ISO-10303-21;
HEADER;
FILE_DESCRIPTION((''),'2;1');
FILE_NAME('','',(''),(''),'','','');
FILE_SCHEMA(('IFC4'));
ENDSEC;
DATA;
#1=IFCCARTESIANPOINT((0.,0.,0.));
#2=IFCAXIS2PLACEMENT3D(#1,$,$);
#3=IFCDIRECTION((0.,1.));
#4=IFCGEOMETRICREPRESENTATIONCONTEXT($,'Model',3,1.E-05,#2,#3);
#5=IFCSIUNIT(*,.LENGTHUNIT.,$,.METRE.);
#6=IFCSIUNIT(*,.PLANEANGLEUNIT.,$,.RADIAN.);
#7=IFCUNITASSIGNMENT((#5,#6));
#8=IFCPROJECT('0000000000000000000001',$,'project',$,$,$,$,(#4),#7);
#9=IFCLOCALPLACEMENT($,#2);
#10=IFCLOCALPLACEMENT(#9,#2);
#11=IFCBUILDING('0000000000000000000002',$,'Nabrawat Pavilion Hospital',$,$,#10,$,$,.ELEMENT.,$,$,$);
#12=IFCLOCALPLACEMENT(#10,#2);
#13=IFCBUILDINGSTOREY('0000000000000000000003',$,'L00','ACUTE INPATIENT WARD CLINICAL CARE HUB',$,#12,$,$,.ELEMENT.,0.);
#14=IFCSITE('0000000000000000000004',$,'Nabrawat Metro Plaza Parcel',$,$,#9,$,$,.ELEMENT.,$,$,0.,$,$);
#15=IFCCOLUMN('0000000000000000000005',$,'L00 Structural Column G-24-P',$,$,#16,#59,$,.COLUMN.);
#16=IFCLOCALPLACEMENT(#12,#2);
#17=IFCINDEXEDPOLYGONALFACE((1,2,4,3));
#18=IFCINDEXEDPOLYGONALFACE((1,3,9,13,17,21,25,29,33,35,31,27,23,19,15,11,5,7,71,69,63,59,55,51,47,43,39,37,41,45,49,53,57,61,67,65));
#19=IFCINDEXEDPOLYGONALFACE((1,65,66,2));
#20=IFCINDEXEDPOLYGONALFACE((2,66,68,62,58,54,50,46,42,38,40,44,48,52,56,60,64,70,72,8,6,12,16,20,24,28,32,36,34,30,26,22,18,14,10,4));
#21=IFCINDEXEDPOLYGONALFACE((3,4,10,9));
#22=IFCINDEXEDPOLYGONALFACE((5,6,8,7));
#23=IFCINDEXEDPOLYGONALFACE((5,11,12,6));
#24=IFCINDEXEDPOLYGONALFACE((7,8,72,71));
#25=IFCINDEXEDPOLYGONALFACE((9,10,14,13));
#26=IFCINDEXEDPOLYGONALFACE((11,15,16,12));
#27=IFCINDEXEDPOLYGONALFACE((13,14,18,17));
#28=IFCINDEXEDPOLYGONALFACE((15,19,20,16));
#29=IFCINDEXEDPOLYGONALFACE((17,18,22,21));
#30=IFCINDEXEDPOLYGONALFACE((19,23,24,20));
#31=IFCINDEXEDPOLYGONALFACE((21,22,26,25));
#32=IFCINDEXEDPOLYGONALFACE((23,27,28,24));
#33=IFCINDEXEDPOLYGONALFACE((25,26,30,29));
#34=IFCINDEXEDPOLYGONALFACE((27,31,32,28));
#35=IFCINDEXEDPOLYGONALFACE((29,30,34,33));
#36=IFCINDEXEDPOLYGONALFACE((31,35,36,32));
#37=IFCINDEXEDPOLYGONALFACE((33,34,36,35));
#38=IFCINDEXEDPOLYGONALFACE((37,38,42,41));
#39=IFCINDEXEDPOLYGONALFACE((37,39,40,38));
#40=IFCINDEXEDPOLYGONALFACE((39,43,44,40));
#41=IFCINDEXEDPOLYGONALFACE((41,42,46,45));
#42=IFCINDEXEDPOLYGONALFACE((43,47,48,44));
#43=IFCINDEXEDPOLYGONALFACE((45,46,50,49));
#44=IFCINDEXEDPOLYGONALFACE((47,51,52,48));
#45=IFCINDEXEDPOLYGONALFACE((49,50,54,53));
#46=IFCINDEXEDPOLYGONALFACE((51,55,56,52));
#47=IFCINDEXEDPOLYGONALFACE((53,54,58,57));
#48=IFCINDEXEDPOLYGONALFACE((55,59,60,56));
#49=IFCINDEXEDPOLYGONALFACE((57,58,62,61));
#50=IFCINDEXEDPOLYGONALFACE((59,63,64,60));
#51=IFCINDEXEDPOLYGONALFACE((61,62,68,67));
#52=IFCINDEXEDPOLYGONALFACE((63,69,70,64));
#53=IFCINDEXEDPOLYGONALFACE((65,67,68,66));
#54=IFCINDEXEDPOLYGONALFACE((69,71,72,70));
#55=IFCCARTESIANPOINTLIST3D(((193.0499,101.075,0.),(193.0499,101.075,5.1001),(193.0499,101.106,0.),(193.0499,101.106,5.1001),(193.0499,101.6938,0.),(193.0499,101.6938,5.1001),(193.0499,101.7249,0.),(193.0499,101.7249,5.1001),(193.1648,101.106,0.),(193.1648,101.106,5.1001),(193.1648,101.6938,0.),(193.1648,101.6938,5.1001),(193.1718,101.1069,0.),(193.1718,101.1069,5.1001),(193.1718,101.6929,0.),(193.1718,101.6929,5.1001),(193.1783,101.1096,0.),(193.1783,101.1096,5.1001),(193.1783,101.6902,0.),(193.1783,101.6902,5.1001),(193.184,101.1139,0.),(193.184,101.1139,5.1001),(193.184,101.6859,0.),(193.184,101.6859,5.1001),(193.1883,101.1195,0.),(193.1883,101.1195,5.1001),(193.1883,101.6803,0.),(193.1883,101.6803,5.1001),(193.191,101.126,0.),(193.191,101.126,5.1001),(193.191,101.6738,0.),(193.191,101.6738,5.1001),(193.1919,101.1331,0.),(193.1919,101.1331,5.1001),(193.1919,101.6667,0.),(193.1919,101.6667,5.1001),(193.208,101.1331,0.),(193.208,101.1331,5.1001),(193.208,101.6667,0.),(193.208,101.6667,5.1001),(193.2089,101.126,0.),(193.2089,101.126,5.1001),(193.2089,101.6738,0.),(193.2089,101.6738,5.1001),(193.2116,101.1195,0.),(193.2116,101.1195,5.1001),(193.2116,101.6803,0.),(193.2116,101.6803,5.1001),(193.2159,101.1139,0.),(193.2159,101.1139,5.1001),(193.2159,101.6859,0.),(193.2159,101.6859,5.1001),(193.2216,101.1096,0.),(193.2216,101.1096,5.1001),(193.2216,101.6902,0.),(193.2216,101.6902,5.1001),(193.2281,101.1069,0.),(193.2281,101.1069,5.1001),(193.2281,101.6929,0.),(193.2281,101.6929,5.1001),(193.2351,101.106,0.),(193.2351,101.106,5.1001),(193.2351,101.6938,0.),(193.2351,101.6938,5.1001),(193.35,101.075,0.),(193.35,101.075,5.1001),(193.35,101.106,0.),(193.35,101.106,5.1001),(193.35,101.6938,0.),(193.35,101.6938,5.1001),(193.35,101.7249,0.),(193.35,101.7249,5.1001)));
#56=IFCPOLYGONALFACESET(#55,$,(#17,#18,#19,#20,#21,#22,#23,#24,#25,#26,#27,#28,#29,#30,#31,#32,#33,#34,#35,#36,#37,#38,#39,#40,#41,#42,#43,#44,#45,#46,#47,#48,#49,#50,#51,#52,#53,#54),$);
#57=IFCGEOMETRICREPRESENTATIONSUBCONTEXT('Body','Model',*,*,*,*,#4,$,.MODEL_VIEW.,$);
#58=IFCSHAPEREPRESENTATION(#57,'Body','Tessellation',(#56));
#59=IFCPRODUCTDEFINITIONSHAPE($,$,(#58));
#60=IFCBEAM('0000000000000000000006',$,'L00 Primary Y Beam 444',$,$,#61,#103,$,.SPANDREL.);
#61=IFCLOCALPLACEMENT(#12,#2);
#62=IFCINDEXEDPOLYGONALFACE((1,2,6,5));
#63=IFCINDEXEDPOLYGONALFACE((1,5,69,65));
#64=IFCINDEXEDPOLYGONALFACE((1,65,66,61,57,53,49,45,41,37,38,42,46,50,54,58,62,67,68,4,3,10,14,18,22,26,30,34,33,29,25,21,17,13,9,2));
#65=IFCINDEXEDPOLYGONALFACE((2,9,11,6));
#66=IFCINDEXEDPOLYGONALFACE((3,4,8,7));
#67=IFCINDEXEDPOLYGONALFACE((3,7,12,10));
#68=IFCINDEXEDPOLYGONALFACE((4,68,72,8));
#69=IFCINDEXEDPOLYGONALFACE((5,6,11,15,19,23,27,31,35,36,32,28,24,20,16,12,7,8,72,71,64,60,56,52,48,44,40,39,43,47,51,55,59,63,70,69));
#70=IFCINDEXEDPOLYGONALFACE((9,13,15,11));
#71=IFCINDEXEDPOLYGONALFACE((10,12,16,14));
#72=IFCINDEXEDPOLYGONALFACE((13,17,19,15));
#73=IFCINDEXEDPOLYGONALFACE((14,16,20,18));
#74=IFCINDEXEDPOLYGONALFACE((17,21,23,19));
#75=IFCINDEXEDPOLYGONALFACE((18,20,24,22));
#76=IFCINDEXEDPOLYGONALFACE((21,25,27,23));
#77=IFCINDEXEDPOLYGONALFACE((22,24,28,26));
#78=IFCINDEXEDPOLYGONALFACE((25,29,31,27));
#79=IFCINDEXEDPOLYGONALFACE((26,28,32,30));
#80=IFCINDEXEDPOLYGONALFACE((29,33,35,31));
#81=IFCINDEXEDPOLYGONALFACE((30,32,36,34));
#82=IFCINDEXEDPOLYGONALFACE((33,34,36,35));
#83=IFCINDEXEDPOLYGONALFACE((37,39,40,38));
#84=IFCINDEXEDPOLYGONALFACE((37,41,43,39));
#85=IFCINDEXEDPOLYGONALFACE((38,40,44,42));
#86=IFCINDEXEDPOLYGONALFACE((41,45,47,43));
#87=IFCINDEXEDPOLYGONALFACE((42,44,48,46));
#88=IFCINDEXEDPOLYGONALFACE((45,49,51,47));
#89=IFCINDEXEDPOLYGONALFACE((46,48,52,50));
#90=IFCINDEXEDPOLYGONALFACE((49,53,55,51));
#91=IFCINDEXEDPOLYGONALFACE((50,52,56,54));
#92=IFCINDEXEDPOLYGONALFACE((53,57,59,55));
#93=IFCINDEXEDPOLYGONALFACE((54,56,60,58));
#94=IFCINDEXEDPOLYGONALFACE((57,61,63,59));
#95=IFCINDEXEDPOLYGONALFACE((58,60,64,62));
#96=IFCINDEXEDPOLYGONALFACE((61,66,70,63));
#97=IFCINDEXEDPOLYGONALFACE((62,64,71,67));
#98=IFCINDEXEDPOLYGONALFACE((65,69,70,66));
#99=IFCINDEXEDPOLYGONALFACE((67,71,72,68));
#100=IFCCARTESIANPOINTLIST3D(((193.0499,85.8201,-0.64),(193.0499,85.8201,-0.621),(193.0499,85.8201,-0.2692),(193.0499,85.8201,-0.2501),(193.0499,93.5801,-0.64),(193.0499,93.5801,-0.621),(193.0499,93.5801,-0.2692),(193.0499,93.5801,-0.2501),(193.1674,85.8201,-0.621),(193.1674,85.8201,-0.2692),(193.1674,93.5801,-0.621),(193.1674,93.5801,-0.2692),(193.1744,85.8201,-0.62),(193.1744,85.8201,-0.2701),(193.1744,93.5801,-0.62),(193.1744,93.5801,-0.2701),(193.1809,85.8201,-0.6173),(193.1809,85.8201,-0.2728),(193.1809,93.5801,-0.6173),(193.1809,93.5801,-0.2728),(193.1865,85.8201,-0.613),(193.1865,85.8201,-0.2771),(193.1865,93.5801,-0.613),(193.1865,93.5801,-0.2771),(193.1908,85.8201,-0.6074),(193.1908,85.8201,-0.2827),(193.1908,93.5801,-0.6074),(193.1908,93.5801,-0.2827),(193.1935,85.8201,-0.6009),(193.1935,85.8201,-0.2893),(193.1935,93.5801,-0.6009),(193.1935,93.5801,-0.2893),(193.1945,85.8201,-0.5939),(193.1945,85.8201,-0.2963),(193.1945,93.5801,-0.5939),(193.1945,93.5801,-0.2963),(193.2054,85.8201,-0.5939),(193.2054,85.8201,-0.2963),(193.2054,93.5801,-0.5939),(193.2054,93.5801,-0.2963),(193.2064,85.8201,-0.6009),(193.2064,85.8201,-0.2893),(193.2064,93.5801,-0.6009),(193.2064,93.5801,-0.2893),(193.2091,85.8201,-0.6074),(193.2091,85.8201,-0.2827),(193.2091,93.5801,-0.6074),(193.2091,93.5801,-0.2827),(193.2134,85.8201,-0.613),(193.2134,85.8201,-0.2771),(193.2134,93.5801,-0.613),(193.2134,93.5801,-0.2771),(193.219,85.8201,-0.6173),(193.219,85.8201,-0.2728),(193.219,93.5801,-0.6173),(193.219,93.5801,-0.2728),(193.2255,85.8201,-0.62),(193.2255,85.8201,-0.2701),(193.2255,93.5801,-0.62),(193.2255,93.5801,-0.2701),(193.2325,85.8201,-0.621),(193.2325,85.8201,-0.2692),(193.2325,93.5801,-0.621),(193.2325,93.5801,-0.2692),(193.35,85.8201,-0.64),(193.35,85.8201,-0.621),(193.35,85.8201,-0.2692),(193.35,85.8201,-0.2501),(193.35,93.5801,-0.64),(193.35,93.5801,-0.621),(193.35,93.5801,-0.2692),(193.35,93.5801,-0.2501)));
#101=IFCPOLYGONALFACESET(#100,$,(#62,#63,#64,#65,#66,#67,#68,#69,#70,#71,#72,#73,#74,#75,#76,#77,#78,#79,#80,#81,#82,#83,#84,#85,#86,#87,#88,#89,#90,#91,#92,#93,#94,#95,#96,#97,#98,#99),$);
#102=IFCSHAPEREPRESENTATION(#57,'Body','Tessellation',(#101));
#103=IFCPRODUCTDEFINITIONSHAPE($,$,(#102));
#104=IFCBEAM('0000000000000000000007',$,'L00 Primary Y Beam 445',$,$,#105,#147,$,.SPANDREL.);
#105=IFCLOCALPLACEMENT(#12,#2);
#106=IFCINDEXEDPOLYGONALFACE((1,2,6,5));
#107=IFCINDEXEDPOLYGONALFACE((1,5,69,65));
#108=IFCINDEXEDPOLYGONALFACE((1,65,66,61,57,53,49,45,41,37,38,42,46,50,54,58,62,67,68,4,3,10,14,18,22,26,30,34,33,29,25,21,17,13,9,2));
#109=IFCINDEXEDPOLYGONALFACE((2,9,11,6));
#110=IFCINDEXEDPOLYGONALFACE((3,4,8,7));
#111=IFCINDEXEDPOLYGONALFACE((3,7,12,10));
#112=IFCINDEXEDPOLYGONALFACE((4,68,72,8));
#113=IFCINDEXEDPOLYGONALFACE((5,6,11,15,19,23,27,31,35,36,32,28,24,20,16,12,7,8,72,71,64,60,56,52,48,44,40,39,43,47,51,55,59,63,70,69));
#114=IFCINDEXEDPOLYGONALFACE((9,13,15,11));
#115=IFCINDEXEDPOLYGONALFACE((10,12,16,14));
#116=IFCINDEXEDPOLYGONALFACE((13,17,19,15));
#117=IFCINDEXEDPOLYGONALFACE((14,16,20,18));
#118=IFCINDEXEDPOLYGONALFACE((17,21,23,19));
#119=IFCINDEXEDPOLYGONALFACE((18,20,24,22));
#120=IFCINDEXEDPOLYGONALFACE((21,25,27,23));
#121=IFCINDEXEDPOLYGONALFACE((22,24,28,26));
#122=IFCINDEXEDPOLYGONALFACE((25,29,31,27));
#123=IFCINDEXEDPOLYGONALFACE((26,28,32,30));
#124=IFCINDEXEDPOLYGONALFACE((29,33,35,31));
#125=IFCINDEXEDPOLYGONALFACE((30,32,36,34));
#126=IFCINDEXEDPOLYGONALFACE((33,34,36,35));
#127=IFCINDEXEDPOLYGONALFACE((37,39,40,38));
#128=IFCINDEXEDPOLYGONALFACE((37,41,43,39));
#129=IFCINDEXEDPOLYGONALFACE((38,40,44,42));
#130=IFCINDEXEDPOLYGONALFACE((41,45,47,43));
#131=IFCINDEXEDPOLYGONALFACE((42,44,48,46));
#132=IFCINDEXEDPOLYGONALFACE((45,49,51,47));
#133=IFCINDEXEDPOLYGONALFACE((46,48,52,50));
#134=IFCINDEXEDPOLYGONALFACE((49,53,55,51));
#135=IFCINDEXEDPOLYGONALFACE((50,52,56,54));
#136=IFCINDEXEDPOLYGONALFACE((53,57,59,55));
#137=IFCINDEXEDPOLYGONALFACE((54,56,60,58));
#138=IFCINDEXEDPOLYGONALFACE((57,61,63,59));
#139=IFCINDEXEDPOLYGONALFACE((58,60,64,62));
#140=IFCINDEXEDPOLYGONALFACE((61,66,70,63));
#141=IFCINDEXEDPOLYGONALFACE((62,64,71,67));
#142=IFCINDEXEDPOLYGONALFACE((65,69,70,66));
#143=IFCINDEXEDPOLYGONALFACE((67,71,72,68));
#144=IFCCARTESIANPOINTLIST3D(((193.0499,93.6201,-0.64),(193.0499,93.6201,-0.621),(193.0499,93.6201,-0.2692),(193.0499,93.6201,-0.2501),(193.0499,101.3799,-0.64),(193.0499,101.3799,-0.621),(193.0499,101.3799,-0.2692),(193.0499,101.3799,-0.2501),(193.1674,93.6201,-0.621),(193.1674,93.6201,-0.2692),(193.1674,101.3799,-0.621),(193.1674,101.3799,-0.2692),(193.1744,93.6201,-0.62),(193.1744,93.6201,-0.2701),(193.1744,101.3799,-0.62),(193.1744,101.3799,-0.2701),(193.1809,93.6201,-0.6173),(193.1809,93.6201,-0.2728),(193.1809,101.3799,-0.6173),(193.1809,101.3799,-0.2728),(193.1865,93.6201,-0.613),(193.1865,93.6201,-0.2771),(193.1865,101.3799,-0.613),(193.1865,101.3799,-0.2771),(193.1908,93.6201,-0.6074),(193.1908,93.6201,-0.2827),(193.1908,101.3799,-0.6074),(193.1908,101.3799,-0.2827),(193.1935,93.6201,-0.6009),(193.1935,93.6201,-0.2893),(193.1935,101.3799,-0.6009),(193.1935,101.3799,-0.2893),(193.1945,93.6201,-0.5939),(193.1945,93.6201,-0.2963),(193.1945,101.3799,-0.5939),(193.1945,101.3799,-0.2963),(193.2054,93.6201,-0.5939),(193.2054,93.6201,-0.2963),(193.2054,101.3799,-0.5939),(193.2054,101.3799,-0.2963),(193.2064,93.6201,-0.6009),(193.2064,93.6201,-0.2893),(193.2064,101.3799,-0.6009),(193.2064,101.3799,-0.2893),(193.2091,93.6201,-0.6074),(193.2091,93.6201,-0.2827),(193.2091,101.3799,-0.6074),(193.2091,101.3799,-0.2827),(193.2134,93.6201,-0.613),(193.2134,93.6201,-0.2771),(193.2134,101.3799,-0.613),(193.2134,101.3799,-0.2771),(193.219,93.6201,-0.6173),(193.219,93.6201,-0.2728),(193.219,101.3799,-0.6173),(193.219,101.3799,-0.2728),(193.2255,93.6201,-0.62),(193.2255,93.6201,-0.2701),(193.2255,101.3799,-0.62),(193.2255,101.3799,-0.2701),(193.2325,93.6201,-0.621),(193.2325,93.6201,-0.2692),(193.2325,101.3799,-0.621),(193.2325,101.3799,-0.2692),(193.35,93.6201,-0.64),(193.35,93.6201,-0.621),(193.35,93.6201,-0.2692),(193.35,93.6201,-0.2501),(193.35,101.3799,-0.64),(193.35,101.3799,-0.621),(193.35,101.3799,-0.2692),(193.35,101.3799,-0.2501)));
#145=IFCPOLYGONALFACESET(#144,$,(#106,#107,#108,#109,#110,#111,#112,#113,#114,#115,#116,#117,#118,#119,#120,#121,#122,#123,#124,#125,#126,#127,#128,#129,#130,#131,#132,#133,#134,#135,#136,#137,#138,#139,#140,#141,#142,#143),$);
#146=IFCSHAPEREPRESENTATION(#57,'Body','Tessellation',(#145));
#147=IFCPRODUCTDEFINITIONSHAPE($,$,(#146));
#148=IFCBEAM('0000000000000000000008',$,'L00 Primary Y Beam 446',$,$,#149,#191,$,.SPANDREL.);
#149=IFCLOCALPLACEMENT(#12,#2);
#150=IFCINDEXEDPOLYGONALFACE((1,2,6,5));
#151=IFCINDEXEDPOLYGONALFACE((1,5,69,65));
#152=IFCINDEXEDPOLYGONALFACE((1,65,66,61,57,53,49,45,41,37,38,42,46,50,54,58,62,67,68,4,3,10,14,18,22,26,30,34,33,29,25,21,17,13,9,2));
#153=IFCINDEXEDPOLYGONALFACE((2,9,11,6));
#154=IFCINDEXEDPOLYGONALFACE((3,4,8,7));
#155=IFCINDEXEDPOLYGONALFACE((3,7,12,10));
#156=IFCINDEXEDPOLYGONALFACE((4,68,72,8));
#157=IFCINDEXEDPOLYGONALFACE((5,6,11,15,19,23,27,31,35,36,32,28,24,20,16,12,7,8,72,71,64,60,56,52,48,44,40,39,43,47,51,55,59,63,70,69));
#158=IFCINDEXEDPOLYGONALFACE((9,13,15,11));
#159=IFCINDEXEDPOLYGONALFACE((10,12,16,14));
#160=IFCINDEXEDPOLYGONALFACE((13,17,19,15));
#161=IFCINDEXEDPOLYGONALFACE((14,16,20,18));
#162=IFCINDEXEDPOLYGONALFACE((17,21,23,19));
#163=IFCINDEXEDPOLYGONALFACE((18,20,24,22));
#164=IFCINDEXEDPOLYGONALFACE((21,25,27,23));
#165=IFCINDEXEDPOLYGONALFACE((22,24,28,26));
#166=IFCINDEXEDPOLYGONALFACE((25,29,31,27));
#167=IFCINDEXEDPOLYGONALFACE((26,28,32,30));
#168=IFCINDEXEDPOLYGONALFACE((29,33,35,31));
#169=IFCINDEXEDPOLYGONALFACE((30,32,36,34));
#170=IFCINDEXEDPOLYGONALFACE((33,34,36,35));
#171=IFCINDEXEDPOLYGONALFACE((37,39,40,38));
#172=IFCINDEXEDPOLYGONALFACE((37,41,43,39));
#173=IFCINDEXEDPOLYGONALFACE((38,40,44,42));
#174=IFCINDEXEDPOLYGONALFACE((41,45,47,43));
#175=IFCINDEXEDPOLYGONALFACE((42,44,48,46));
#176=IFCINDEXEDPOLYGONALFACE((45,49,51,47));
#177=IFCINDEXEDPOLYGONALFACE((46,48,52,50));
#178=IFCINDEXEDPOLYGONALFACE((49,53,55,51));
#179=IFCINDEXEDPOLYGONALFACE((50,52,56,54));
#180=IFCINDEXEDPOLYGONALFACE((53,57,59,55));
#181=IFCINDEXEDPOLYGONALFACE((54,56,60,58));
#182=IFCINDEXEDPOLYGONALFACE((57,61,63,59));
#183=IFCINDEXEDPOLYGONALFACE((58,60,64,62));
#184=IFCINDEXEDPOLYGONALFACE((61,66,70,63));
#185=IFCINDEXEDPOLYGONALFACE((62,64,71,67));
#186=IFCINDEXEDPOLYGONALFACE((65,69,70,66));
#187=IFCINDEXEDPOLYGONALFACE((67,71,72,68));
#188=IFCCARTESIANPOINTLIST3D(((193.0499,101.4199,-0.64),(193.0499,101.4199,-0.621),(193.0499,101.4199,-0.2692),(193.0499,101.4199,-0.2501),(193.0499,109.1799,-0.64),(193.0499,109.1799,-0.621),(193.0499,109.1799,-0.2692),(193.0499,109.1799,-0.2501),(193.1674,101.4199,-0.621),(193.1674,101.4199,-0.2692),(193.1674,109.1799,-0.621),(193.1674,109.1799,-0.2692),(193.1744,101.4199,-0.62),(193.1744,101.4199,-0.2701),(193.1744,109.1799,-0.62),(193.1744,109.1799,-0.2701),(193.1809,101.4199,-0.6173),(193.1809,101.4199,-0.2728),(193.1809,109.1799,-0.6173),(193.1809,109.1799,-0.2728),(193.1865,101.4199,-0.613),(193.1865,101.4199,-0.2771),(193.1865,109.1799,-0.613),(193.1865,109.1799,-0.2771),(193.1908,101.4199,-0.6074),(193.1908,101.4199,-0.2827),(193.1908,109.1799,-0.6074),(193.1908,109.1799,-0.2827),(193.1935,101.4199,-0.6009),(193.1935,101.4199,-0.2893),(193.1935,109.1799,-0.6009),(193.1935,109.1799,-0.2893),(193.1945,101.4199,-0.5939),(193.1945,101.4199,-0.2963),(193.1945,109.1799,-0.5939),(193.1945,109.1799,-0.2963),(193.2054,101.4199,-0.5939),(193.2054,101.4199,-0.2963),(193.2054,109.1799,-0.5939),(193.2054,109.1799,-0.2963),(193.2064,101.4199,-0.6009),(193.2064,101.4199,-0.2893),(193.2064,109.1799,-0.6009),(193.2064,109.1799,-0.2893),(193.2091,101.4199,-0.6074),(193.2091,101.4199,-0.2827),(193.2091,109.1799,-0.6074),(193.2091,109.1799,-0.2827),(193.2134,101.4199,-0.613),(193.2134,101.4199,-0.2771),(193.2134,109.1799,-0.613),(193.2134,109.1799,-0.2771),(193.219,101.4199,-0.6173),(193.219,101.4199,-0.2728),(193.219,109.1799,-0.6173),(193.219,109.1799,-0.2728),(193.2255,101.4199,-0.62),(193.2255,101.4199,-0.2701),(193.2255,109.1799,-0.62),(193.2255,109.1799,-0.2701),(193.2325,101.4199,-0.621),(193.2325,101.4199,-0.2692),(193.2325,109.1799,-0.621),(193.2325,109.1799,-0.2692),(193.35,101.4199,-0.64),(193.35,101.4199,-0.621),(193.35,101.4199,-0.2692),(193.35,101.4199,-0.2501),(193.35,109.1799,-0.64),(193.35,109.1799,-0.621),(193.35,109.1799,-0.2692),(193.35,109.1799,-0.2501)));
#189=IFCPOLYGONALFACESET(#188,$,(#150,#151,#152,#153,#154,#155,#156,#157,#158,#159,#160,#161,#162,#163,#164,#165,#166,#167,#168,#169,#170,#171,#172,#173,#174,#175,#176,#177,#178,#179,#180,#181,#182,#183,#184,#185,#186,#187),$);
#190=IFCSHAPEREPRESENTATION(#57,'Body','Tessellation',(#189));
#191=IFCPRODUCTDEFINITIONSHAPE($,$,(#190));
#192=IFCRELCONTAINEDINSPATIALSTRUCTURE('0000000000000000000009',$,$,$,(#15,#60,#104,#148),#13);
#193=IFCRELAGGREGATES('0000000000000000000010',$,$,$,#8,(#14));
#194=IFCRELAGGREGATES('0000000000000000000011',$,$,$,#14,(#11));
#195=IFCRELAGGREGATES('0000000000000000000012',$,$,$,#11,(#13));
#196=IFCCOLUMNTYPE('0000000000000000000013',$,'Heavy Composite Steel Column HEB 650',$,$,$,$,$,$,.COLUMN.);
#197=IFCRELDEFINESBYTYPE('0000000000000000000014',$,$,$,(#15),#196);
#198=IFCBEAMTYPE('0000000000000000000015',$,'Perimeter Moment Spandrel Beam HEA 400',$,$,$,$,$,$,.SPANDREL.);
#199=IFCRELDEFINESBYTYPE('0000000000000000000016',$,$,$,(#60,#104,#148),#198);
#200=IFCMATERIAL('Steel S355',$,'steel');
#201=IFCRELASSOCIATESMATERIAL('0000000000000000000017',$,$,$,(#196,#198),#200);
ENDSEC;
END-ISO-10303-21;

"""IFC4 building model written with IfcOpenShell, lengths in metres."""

from ifc_helpers import new_model, si_unit, direction, frame, origin, origin_2d, place, context, subcontext, project, spatial, i_section, extrude, material, material_profile, profile_set, type_object, element, save


model = new_model("IFC4")

# Units and contexts
model_context = context("Model", 3, precision=1e-05, world=origin(), true_north=direction((0.0, 1.0)))
body_context = subcontext(model_context, "Body", "Model", "MODEL_VIEW")
ifc_project = project(units=[si_unit("LENGTHUNIT", "METRE"), si_unit("PLANEANGLEUNIT", "RADIAN")], contexts=[model_context])

# Site, building, storey
site_placement = place(None, origin())
site = spatial("IfcSite", under=ifc_project, at=site_placement, Name="Nabrawat Metro Plaza Parcel", CompositionType="ELEMENT", RefElevation=0.0)
building_placement = place(site_placement, origin())
building = spatial("IfcBuilding", under=site, at=building_placement, Name="Nabrawat Pavilion Hospital", CompositionType="ELEMENT")
storey_placement = place(building_placement, origin())
storey = spatial("IfcBuildingStorey", under=building, at=storey_placement, Name="L00", Description="ACUTE INPATIENT WARD CLINICAL CARE HUB", CompositionType="ELEMENT", Elevation=0.0)

# Column
ifc_material_1 = material(Name="Steel S355", Category="steel")
ifc_material_profile_1 = material_profile(ifc_material_1, i_section(OverallWidth=0.3, OverallDepth=0.6499, WebThickness=0.0161, FlangeThickness=0.031, FilletRadius=0.0271, at=origin_2d()), Name="HEB 650")
ifc_profile_set_1 = profile_set([ifc_material_profile_1], Name="Steel S355")
column_type = type_object("IfcColumnType", Name="Heavy Composite Steel Column HEB 650", PredefinedType="COLUMN", material=ifc_profile_set_1)
for number, where, z_axis, x_axis, name in (
    (1, (193.2, 101.3999, 0.0), (0.0, 0.0, 1.0), (1.0, 0.0, 0.0), "L00 Structural Column G-24-P"),
):
    element("IfcColumn", number, at=place(storey_placement, frame(where, z_axis=z_axis, x_axis=x_axis)), inside=storey, type_object=column_type, Name=name, PredefinedType="COLUMN", context=body_context, shape_type="SweptSolid", body=[
        extrude(i_section(OverallWidth=0.3, OverallDepth=0.6499, WebThickness=0.0161, FlangeThickness=0.031, FilletRadius=0.0271, at=origin_2d()), origin(), (0.0, 0.0, 1.0), 5.1001),
    ])

# Beams
ifc_material_profile_2 = material_profile(ifc_material_1, i_section(OverallWidth=0.3, OverallDepth=0.3899, WebThickness=0.011, FlangeThickness=0.019, FilletRadius=0.0271, at=origin_2d()), Name="HEA 400")
ifc_profile_set_2 = profile_set([ifc_material_profile_2], Name="Steel S355")
beam_type_1 = type_object("IfcBeamType", Name="Perimeter Moment Spandrel Beam HEA 400", PredefinedType="SPANDREL", material=ifc_profile_set_2)
beam_1_placement = place(storey_placement, frame((193.2, 85.8201, -0.4451), z_axis=(0.0, 1.0, 0.0), x_axis=(-1.0, 0.0, 0.0)))
element("IfcBeam", 2, at=beam_1_placement, inside=storey, type_object=beam_type_1, Name="L00 Primary Y Beam 444", PredefinedType="SPANDREL", context=body_context, shape_type="SweptSolid", body=[
    extrude(i_section(OverallWidth=0.3, OverallDepth=0.3899, WebThickness=0.011, FlangeThickness=0.019, FilletRadius=0.0271, at=origin_2d()), origin(), (0.0, 0.0, 1.0), 7.76),
])
beam_2_placement = place(storey_placement, frame((193.2, 93.6201, -0.4451), z_axis=(0.0, 1.0, 0.0), x_axis=(-1.0, 0.0, 0.0)))
element("IfcBeam", 3, at=beam_2_placement, inside=storey, type_object=beam_type_1, Name="L00 Primary Y Beam 445", PredefinedType="SPANDREL", context=body_context, shape_type="SweptSolid", body=[
    extrude(i_section(OverallWidth=0.3, OverallDepth=0.3899, WebThickness=0.011, FlangeThickness=0.019, FilletRadius=0.0271, at=origin_2d()), origin(), (0.0, 0.0, 1.0), 7.7598),
])
beam_3_placement = place(storey_placement, frame((193.2, 101.4199, -0.4451), z_axis=(0.0, 1.0, 0.0), x_axis=(-1.0, 0.0, 0.0)))
element("IfcBeam", 4, at=beam_3_placement, inside=storey, type_object=beam_type_1, Name="L00 Primary Y Beam 446", PredefinedType="SPANDREL", context=body_context, shape_type="SweptSolid", body=[
    extrude(i_section(OverallWidth=0.3, OverallDepth=0.3899, WebThickness=0.011, FlangeThickness=0.019, FilletRadius=0.0271, at=origin_2d()), origin(), (0.0, 0.0, 1.0), 7.76),
])

save(model, "model.ifc")
